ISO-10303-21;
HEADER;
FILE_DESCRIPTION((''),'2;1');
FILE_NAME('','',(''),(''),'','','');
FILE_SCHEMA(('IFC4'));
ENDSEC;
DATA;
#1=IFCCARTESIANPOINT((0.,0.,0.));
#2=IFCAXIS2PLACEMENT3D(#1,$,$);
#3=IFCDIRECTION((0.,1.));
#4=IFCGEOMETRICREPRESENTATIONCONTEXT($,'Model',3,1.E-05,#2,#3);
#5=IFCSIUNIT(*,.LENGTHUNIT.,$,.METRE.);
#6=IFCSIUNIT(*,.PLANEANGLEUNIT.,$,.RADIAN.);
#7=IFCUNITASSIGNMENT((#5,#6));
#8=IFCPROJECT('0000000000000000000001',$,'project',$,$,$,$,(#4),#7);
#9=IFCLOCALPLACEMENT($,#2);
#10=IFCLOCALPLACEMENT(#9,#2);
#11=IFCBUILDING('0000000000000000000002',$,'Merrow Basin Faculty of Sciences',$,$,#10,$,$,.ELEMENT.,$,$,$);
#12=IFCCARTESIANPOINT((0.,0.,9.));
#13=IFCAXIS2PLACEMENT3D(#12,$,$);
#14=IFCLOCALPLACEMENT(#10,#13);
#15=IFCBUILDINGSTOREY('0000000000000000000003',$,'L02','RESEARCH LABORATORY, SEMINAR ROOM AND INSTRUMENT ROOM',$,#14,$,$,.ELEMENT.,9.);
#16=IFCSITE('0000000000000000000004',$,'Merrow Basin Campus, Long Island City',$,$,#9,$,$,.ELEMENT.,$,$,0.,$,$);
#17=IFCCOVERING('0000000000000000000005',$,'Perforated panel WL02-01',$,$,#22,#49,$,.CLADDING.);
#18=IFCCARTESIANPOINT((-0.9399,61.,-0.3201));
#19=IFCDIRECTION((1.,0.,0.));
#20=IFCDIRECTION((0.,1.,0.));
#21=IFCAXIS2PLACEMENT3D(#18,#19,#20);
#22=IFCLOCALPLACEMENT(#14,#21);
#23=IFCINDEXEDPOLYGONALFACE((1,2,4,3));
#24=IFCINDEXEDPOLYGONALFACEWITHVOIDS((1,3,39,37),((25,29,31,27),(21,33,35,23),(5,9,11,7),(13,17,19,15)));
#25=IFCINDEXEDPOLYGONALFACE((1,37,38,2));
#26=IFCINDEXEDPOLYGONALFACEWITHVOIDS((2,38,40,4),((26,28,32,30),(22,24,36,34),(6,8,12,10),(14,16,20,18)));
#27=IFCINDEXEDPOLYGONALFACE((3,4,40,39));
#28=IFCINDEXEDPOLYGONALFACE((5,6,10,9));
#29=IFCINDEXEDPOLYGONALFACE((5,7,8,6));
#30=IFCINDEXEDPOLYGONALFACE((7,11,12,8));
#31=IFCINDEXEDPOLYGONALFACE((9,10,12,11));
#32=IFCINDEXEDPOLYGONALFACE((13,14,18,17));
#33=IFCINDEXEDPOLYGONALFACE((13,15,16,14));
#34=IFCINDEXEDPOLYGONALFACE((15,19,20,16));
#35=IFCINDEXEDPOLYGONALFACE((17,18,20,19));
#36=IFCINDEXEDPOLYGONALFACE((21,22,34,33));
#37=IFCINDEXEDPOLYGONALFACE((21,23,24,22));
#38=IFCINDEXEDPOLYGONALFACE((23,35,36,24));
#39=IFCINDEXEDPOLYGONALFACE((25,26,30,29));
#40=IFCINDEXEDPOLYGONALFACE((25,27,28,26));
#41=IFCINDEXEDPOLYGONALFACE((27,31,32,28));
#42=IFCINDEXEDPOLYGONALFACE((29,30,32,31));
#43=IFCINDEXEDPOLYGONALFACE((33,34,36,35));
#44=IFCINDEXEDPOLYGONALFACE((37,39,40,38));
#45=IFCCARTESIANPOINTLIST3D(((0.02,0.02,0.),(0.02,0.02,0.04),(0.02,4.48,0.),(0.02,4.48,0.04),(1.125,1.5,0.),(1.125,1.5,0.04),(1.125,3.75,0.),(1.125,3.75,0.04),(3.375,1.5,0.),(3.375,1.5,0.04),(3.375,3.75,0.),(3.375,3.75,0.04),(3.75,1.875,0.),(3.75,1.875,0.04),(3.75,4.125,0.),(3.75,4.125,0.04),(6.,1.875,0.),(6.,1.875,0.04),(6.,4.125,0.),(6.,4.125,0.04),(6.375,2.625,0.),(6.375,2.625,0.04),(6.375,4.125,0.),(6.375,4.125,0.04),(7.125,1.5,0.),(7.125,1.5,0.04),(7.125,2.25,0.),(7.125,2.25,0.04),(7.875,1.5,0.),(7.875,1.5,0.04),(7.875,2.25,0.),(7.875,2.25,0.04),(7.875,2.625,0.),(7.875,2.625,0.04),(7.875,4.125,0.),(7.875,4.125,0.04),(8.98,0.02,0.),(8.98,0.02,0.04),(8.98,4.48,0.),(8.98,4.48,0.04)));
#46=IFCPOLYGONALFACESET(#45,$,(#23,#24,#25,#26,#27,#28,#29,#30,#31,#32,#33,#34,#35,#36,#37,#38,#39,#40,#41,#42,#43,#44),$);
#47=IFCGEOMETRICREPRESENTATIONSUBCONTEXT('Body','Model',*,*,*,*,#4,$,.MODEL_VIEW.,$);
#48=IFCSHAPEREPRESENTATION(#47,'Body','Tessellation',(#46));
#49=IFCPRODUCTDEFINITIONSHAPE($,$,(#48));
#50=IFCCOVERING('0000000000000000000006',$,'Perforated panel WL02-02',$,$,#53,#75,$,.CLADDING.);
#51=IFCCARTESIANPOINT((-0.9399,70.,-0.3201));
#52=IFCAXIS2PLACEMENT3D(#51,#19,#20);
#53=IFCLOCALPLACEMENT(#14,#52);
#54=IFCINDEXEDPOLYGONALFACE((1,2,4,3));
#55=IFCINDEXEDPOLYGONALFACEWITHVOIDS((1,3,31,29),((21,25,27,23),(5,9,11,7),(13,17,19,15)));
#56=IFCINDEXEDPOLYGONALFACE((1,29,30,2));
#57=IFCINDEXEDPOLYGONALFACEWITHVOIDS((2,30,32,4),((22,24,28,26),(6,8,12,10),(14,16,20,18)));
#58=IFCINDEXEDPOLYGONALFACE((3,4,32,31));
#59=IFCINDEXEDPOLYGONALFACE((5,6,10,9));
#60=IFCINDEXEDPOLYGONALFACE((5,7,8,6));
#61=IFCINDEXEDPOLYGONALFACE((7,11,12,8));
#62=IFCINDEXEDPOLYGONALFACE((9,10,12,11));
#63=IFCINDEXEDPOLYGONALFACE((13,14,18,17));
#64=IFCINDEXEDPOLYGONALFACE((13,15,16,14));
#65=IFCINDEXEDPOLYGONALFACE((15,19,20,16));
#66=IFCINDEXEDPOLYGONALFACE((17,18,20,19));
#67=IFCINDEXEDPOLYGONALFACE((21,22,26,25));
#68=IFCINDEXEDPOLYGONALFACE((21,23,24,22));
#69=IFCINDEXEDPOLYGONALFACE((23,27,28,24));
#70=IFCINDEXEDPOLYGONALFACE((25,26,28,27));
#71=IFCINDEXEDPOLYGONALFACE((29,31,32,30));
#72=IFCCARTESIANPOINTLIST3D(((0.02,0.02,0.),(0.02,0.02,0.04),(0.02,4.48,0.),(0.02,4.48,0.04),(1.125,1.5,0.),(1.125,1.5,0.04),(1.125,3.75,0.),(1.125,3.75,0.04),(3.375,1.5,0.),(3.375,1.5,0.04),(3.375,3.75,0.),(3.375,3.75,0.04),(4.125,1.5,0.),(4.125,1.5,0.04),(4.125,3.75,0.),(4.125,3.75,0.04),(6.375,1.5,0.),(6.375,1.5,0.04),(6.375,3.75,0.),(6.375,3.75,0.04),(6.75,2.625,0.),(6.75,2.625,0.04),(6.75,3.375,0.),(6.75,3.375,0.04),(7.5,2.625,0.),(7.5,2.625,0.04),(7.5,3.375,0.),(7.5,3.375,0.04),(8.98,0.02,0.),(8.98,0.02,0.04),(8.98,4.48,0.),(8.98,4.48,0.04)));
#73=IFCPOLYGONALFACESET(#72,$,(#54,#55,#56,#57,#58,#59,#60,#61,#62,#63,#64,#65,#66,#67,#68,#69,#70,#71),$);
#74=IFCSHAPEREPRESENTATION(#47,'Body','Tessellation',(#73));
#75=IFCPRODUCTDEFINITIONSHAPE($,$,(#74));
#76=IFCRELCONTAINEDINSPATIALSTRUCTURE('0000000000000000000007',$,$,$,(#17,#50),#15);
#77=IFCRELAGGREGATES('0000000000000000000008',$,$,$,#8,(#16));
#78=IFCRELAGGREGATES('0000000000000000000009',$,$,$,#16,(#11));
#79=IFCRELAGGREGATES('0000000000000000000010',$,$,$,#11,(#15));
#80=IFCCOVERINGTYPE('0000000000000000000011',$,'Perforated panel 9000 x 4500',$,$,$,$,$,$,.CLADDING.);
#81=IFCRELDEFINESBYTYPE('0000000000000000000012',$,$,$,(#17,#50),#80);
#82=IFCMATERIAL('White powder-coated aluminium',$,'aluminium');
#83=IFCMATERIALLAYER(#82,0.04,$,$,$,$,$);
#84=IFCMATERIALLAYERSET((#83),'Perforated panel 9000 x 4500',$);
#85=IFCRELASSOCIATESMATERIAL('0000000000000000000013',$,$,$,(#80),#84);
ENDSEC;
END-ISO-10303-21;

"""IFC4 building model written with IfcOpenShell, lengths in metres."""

from ifc_helpers import new_model, si_unit, direction, frame, origin, place, context, subcontext, project, spatial, polyline, outline, extrude, source, transform, mapped, material, layer, layer_set, type_object, element, save


model = new_model("IFC4")

# Units and contexts
model_context = context("Model", 3, precision=1e-05, world=origin(), true_north=direction((0.0, 1.0)))
body_context = subcontext(model_context, "Body", "Model", "MODEL_VIEW")
ifc_project = project(units=[si_unit("LENGTHUNIT", "METRE"), si_unit("PLANEANGLEUNIT", "RADIAN")], contexts=[model_context])

# Site, building, storey
site_placement = place(None, origin())
site = spatial("IfcSite", under=ifc_project, at=site_placement, Name="Merrow Basin Campus, Long Island City", CompositionType="ELEMENT", RefElevation=0.0)
building_placement = place(site_placement, origin())
building = spatial("IfcBuilding", under=site, at=building_placement, Name="Merrow Basin Faculty of Sciences", CompositionType="ELEMENT")
storey_placement = place(building_placement, frame((0.0, 0.0, 9.0)))
storey = spatial("IfcBuildingStorey", under=building, at=storey_placement, Name="L02", Description="RESEARCH LABORATORY, SEMINAR ROOM AND INSTRUMENT ROOM", CompositionType="ELEMENT", Elevation=9.0)

# Coverings
ifc_material_1 = material(Name="White powder-coated aluminium", Category="aluminium")
ifc_layer_1 = layer(ifc_material_1, 0.04)
ifc_layer_set_1 = layer_set([ifc_layer_1], Name="Perforated panel 9000 x 4500")
covering_type = type_object("IfcCoveringType", Name="Perforated panel 9000 x 4500", PredefinedType="CLADDING", material=ifc_layer_set_1)
shared_shape_1 = source(origin(), body_context, "Body", "SweptSolid", [
    extrude(outline(polyline([(0.02, 0.02), (8.98, 0.02), (8.98, 4.48), (0.02, 4.48), (0.02, 0.02)]), holes=[polyline([(1.125, 1.5), (3.375, 1.5), (3.375, 3.75), (1.125, 3.75), (1.125, 1.5)]), polyline([(7.125, 1.5), (7.875, 1.5), (7.875, 2.25), (7.125, 2.25), (7.125, 1.5)]), polyline([(3.75, 1.875), (6.0, 1.875), (6.0, 4.125), (3.75, 4.125), (3.75, 1.875)]), polyline([(6.375, 2.625), (7.875, 2.625), (7.875, 4.125), (6.375, 4.125), (6.375, 2.625)])]), origin(), (0.0, 0.0, 1.0), 0.04),
])
covering_1_placement = place(storey_placement, frame((-0.9399, 61.0, -0.3201), z_axis=(1.0, 0.0, 0.0), x_axis=(0.0, 1.0, 0.0)))
element("IfcCovering", 1, at=covering_1_placement, inside=storey, type_object=covering_type, Name="Perforated panel WL02-01", PredefinedType="CLADDING", context=body_context, shape_type="MappedRepresentation", body=[
    mapped(shared_shape_1, transform((0.0, 0.0, 0.0), scale=1.0)),
])
shared_shape_2 = source(origin(), body_context, "Body", "SweptSolid", [
    extrude(outline(polyline([(0.02, 0.02), (8.98, 0.02), (8.98, 4.48), (0.02, 4.48), (0.02, 0.02)]), holes=[polyline([(1.125, 1.5), (3.375, 1.5), (3.375, 3.75), (1.125, 3.75), (1.125, 1.5)]), polyline([(4.125, 1.5), (6.375, 1.5), (6.375, 3.75), (4.125, 3.75), (4.125, 1.5)]), polyline([(6.75, 2.625), (7.5, 2.625), (7.5, 3.375), (6.75, 3.375), (6.75, 2.625)])]), origin(), (0.0, 0.0, 1.0), 0.04),
])
covering_2_placement = place(storey_placement, frame((-0.9399, 70.0, -0.3201), z_axis=(1.0, 0.0, 0.0), x_axis=(0.0, 1.0, 0.0)))
element("IfcCovering", 2, at=covering_2_placement, inside=storey, type_object=covering_type, Name="Perforated panel WL02-02", PredefinedType="CLADDING", context=body_context, shape_type="MappedRepresentation", body=[
    mapped(shared_shape_2, transform((0.0, 0.0, 0.0), scale=1.0)),
])

save(model, "model.ifc")
